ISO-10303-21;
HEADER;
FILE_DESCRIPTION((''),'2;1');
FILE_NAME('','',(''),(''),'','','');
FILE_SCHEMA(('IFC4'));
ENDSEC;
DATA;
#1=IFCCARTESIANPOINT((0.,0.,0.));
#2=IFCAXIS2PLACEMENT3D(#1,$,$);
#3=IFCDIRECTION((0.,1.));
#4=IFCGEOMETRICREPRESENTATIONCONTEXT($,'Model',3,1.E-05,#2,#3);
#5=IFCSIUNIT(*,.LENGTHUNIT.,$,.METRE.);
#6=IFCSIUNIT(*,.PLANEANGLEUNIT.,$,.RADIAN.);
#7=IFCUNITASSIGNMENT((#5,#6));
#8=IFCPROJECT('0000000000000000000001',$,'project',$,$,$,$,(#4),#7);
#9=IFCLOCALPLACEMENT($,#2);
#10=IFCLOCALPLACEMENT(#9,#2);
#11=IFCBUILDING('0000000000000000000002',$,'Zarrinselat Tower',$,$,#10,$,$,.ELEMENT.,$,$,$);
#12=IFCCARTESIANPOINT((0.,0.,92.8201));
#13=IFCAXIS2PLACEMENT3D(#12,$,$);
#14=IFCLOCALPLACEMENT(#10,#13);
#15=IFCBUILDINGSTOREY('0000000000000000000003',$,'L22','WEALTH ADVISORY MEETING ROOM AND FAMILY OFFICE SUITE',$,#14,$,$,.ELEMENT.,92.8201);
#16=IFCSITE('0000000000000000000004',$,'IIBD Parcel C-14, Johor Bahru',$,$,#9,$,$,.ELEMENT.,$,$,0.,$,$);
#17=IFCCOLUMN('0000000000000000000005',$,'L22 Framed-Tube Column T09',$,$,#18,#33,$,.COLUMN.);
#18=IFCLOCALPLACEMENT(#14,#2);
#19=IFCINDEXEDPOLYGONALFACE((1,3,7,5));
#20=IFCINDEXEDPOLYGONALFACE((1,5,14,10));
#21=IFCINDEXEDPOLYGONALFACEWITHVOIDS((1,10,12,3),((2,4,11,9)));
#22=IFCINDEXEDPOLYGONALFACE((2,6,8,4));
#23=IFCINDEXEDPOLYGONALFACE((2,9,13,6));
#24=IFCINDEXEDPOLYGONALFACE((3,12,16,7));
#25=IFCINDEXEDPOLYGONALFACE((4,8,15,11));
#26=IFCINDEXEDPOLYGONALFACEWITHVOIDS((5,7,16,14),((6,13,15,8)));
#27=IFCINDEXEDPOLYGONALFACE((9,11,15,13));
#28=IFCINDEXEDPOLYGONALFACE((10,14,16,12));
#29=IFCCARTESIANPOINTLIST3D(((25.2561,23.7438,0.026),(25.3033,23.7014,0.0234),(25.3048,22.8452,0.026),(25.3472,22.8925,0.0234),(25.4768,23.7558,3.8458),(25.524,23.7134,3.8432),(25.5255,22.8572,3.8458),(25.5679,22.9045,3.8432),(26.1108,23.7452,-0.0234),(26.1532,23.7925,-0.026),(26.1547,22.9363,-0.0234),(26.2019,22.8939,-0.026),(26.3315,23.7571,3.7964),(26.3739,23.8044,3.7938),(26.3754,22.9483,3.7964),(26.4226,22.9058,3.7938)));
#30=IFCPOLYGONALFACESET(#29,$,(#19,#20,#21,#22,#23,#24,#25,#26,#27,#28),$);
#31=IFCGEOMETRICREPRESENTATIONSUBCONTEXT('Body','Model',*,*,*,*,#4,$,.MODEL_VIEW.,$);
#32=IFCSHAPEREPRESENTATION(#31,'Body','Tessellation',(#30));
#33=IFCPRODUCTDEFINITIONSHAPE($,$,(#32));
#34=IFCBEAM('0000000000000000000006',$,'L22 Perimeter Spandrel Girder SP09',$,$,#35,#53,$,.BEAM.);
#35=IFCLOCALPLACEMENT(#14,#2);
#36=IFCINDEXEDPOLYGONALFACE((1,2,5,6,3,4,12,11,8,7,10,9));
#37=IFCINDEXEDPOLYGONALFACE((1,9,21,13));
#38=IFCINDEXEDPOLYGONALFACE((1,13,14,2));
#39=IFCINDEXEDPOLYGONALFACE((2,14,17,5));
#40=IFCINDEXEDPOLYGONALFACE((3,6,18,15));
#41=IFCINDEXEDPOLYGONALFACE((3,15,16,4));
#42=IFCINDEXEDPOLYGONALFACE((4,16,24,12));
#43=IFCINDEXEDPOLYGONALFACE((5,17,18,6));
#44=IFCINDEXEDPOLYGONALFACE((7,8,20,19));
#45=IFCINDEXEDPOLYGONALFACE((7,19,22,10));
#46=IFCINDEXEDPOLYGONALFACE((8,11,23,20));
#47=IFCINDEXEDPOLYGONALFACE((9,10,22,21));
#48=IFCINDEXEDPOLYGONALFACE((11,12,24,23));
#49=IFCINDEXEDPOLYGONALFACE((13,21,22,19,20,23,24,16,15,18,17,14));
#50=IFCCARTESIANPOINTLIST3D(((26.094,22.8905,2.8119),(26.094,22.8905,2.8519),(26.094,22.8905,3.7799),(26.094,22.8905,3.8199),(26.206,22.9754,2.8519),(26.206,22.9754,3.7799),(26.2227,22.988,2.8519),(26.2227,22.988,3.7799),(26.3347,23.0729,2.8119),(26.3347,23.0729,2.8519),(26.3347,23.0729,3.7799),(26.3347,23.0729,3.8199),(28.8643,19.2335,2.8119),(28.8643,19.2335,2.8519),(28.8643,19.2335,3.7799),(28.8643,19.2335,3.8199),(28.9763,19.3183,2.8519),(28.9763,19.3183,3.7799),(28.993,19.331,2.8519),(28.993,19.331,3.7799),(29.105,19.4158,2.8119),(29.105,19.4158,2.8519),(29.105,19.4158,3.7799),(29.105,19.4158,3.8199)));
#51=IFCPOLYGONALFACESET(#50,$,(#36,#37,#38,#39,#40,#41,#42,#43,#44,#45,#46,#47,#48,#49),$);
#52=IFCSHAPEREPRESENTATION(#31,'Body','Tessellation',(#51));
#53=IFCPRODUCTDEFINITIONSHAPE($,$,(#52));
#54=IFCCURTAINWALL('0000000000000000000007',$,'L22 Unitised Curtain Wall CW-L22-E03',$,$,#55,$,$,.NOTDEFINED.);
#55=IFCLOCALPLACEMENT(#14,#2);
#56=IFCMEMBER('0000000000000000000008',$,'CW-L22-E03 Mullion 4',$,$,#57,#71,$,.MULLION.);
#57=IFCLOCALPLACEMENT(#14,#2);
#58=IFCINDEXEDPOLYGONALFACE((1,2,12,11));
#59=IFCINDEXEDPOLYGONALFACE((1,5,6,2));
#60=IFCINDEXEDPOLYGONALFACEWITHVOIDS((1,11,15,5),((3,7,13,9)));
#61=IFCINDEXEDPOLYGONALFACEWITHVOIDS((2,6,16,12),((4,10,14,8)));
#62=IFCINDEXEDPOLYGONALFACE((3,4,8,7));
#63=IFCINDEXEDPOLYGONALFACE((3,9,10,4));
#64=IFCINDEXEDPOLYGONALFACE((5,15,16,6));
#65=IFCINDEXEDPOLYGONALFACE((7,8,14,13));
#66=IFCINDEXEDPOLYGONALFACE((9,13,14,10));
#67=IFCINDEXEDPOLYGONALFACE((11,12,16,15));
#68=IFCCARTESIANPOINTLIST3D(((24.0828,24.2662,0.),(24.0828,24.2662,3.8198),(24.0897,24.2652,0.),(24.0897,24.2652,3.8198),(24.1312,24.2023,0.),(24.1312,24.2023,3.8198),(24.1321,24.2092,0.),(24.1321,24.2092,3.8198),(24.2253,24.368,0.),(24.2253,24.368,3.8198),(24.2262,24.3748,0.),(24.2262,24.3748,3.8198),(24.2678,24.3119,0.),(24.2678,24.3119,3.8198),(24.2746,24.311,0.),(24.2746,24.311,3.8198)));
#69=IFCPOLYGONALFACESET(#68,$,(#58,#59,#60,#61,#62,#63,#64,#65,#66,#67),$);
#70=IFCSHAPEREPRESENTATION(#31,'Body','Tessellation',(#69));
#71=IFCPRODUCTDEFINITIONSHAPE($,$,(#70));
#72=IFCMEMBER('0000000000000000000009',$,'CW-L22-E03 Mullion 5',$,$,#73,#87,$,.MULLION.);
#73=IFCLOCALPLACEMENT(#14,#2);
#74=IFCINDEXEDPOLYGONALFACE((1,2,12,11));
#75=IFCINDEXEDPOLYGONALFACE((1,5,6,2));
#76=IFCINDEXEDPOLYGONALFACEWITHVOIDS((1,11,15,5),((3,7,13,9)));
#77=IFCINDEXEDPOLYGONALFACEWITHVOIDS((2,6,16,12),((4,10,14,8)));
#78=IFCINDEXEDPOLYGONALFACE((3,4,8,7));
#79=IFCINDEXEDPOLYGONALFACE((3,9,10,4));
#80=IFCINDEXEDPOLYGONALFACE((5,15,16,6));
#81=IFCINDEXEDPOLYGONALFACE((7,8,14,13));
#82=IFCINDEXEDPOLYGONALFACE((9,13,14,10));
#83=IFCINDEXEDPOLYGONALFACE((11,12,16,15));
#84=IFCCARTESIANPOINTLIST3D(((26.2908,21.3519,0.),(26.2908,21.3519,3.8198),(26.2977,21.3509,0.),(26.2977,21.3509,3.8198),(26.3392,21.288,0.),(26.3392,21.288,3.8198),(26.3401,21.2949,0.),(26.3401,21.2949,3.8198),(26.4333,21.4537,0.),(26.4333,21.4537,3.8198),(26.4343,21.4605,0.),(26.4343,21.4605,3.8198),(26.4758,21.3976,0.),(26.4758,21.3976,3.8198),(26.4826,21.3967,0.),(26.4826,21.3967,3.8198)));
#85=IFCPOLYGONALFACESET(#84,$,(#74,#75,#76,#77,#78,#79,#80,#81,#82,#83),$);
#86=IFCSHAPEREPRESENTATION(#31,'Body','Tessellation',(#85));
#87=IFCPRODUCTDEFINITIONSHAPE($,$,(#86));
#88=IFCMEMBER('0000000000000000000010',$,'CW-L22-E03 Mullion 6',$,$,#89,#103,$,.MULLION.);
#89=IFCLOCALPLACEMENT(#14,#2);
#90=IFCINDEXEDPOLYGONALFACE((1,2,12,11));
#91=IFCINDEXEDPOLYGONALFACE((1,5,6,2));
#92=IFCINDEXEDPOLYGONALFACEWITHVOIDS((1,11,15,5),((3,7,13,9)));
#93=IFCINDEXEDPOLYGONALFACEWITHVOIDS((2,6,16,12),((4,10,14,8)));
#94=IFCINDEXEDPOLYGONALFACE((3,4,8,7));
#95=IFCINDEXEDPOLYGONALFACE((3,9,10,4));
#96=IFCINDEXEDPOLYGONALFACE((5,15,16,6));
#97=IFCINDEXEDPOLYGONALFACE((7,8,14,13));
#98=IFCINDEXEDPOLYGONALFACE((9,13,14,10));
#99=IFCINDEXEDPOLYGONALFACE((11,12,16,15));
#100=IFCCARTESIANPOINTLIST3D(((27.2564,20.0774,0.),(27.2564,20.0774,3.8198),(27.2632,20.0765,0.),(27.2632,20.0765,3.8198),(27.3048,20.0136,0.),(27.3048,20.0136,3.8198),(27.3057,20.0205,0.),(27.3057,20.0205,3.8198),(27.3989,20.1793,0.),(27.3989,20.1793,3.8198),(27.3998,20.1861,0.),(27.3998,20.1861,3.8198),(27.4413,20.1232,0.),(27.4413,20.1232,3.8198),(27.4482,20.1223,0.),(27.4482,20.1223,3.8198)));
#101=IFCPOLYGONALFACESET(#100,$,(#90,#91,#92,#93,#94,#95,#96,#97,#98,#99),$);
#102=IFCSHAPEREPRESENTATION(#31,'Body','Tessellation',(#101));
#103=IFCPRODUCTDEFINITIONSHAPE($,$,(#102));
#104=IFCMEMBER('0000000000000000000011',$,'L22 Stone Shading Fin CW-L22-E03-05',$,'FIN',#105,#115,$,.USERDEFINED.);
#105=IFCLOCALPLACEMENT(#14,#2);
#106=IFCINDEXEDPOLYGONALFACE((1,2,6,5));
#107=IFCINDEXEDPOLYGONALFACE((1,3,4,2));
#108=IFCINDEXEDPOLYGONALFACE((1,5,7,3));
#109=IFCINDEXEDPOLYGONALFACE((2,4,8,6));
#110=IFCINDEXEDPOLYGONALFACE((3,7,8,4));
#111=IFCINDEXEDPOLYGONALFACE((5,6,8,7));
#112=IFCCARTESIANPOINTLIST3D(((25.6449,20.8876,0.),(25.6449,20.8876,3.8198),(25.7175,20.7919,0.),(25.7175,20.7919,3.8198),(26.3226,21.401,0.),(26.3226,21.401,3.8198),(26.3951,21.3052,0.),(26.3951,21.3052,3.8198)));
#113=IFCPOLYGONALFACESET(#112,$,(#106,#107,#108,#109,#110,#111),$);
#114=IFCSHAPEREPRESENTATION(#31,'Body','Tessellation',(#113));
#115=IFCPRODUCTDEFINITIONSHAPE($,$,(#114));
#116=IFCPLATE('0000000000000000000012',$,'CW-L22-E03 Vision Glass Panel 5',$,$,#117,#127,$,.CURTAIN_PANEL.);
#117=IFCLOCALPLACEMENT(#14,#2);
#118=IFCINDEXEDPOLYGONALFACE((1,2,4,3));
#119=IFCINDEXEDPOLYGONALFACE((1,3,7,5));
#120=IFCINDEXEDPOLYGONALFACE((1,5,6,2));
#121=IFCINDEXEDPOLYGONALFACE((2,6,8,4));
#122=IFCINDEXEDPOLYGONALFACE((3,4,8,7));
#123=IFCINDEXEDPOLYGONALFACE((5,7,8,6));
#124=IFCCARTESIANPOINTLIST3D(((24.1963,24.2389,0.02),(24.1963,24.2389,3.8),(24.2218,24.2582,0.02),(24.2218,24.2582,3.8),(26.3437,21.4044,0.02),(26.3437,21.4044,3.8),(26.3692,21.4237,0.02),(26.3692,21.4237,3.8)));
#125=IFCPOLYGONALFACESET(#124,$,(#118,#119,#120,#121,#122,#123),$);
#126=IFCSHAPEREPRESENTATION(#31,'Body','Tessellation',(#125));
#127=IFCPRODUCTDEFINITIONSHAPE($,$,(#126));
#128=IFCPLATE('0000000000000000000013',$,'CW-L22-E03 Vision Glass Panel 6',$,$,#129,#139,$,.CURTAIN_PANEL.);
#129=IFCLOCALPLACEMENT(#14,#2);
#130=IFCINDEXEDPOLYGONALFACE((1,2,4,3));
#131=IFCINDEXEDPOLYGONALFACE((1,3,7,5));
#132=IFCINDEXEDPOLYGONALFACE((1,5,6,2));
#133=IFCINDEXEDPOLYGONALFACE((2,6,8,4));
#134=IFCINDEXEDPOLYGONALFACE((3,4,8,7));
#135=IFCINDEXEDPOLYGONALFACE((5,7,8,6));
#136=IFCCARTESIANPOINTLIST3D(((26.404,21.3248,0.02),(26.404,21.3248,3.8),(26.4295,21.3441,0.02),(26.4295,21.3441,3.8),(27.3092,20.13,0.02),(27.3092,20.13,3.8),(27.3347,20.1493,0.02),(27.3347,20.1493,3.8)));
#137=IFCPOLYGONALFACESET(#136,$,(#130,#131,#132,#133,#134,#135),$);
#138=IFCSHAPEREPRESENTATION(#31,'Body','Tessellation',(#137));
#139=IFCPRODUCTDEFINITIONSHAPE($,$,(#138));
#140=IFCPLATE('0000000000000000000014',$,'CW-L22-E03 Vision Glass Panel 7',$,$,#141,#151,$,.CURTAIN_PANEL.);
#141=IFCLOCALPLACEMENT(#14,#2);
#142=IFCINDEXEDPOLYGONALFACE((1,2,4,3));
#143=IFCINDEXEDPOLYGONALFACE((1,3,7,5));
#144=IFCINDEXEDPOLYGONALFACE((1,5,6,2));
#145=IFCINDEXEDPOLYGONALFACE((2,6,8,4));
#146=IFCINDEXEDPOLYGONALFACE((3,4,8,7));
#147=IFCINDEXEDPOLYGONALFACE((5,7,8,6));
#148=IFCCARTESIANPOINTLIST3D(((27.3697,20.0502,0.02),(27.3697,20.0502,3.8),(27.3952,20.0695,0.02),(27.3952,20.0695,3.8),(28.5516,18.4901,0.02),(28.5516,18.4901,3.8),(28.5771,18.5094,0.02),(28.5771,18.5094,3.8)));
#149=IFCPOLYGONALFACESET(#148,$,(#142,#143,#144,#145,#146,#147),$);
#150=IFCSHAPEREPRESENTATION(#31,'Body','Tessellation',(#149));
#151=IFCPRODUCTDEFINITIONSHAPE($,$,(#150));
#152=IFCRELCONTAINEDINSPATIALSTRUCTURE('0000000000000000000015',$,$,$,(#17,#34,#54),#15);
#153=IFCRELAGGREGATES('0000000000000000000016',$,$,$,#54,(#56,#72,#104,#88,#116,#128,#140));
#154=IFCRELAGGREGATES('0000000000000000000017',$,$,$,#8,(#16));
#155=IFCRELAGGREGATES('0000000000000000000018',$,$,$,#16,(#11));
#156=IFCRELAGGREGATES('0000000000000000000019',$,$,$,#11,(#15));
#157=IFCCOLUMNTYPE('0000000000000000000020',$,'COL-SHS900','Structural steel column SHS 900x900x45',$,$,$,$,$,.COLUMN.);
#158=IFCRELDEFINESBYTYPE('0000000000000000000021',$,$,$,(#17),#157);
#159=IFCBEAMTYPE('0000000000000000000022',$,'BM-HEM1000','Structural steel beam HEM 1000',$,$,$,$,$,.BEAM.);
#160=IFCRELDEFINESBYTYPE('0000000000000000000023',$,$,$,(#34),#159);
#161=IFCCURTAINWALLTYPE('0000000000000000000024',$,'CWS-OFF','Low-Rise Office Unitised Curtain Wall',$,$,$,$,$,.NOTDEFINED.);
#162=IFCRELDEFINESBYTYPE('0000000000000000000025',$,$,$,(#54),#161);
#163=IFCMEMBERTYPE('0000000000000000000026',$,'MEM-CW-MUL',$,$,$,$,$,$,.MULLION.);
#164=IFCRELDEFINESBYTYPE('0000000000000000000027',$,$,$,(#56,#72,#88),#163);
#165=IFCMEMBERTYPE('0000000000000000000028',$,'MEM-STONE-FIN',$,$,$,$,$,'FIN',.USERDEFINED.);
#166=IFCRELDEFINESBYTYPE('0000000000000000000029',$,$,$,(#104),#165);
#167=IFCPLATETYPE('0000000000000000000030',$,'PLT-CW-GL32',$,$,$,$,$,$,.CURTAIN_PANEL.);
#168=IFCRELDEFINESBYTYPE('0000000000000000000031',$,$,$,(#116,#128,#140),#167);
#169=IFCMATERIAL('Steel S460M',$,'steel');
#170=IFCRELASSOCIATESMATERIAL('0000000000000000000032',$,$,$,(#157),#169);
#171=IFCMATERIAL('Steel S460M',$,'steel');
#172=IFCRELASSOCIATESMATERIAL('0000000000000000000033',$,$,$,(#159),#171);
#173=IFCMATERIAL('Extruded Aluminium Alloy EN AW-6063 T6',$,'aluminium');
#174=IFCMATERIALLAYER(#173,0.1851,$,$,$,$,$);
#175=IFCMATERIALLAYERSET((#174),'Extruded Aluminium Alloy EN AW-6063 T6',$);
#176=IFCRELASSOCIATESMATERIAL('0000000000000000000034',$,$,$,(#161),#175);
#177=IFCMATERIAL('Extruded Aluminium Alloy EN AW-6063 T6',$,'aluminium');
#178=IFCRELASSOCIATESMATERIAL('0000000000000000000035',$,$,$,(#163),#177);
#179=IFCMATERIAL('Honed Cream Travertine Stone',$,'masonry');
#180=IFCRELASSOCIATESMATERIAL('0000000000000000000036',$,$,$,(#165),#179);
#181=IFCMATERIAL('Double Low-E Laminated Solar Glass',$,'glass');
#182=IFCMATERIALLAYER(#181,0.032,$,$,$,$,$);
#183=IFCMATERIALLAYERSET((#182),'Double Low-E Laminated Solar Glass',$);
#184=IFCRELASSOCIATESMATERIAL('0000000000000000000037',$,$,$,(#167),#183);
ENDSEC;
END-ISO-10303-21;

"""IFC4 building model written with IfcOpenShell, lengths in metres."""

from ifc_helpers import new_model, si_unit, direction, frame, origin, origin_2d, place, context, subcontext, project, spatial, rectangle, hollow_rectangle, i_section, extrude, material, layer, layer_set, material_profile, profile_set, type_object, element, aggregate, save


model = new_model("IFC4")

# Units and contexts
model_context = context("Model", 3, precision=1e-05, world=origin(), true_north=direction((0.0, 1.0)))
body_context = subcontext(model_context, "Body", "Model", "MODEL_VIEW")
ifc_project = project(units=[si_unit("LENGTHUNIT", "METRE"), si_unit("PLANEANGLEUNIT", "RADIAN")], contexts=[model_context])

# Site, building, storey
site_placement = place(None, origin())
site = spatial("IfcSite", under=ifc_project, at=site_placement, Name="IIBD Parcel C-14, Johor Bahru", CompositionType="ELEMENT", RefElevation=0.0)
building_placement = place(site_placement, origin())
building = spatial("IfcBuilding", under=site, at=building_placement, Name="Zarrinselat Tower", CompositionType="ELEMENT")
storey_placement = place(building_placement, frame((0.0, 0.0, 92.8201)))
storey = spatial("IfcBuildingStorey", under=building, at=storey_placement, Name="L22", Description="WEALTH ADVISORY MEETING ROOM AND FAMILY OFFICE SUITE", CompositionType="ELEMENT", Elevation=92.8201)

# Column
ifc_material_1 = material(Name="Steel S460M", Category="steel")
ifc_material_profile_1 = material_profile(ifc_material_1, hollow_rectangle(XDim=0.8999, YDim=0.8999, WallThickness=0.0449, at=origin_2d()), Name="SHS 900x900x45")
ifc_profile_set_1 = profile_set([ifc_material_profile_1], Name="Steel S460M")
column_type = type_object("IfcColumnType", Name="COL-SHS900", Description="Structural steel column SHS 900x900x45", PredefinedType="COLUMN", material=ifc_profile_set_1)
column_placement = place(storey_placement, frame((25.729, 23.3188, 0.0), z_axis=(0.057682, 0.003127, 0.99833), x_axis=(-0.054124, 0.998534, 0.0)))
element("IfcColumn", 1, at=column_placement, inside=storey, type_object=column_type, Name="L22 Framed-Tube Column T09", PredefinedType="COLUMN", context=body_context, shape_type="SweptSolid", body=[
    extrude(hollow_rectangle(XDim=0.8999, YDim=0.8999, WallThickness=0.0449, at=origin_2d()), origin(), (0.0, 0.0, 1.0), 3.8262),
])

# Beam
ifc_material_2 = material(Name="Steel S460M", Category="steel")
ifc_material_profile_2 = material_profile(ifc_material_2, i_section(OverallWidth=0.302, OverallDepth=1.0081, WebThickness=0.021, FlangeThickness=0.04, at=origin_2d()), Name="HEM 1000")
ifc_profile_set_2 = profile_set([ifc_material_profile_2], Name="Steel S460M")
beam_type = type_object("IfcBeamType", Name="BM-HEM1000", Description="Structural steel beam HEM 1000", PredefinedType="BEAM", material=ifc_profile_set_2)
beam_placement = place(storey_placement, frame((26.2144, 22.9817, 3.3159), z_axis=(0.603833, -0.797111, 0.0), x_axis=(0.797111, 0.603833, 0.0)))
element("IfcBeam", 2, at=beam_placement, inside=storey, type_object=beam_type, Name="L22 Perimeter Spandrel Girder SP09", PredefinedType="BEAM", context=body_context, shape_type="SweptSolid", body=[
    extrude(i_section(OverallWidth=0.302, OverallDepth=1.0081, WebThickness=0.021, FlangeThickness=0.04, at=origin_2d()), origin(), (0.0, 0.0, 1.0), 4.5879),
])

# Curtain wall, members, plates
ifc_material_3 = material(Name="Extruded Aluminium Alloy EN AW-6063 T6", Category="aluminium")
ifc_layer_1 = layer(ifc_material_3, 0.1851)
ifc_layer_set_1 = layer_set([ifc_layer_1], Name="Extruded Aluminium Alloy EN AW-6063 T6")
curtain_wall_type = type_object("IfcCurtainWallType", Name="CWS-OFF", Description="Low-Rise Office Unitised Curtain Wall", PredefinedType="NOTDEFINED", material=ifc_layer_set_1)
curtain_wall_placement = place(storey_placement, origin())
curtain_wall = element("IfcCurtainWall", 3, at=curtain_wall_placement, inside=storey, type_object=curtain_wall_type, Name="L22 Unitised Curtain Wall CW-L22-E03", PredefinedType="NOTDEFINED")
ifc_material_4 = material(Name="Extruded Aluminium Alloy EN AW-6063 T6", Category="aluminium")
ifc_material_profile_3 = material_profile(ifc_material_4, hollow_rectangle(XDim=0.0801, YDim=0.1799, WallThickness=0.0049, at=origin_2d()), Name="RHS 180x80x5")
ifc_profile_set_3 = profile_set([ifc_material_profile_3], Name="Extruded Aluminium Alloy EN AW-6063 T6")
member_type_1 = type_object("IfcMemberType", Name="MEM-CW-MUL", PredefinedType="MULLION", material=ifc_profile_set_3)
member_1_placement = place(storey_placement, frame((24.1787, 24.2886, 0.0), z_axis=(0.0, 0.0, 1.0), x_axis=(0.603856, -0.797093, 0.0)))
member_1 = element("IfcMember", 4, at=member_1_placement, type_object=member_type_1, Name="CW-L22-E03 Mullion 4", PredefinedType="MULLION", context=body_context, shape_type="SweptSolid", body=[
    extrude(hollow_rectangle(XDim=0.0801, YDim=0.1799, WallThickness=0.0049, at=origin_2d()), origin(), (0.0, 0.0, 1.0), 3.8198),
])
member_2_placement = place(storey_placement, frame((26.3867, 21.3743, 0.0), z_axis=(0.0, 0.0, 1.0), x_axis=(0.603856, -0.797093, 0.0)))
member_2 = element("IfcMember", 5, at=member_2_placement, type_object=member_type_1, Name="CW-L22-E03 Mullion 5", PredefinedType="MULLION", context=body_context, shape_type="SweptSolid", body=[
    extrude(hollow_rectangle(XDim=0.0801, YDim=0.1799, WallThickness=0.0049, at=origin_2d()), origin(), (0.0, 0.0, 1.0), 3.8198),
])
member_3_placement = place(storey_placement, frame((27.3523, 20.0999, 0.0), z_axis=(0.0, 0.0, 1.0), x_axis=(0.603856, -0.797093, 0.0)))
member_3 = element("IfcMember", 6, at=member_3_placement, type_object=member_type_1, Name="CW-L22-E03 Mullion 6", PredefinedType="MULLION", context=body_context, shape_type="SweptSolid", body=[
    extrude(hollow_rectangle(XDim=0.0801, YDim=0.1799, WallThickness=0.0049, at=origin_2d()), origin(), (0.0, 0.0, 1.0), 3.8198),
])
ifc_material_5 = material(Name="Honed Cream Travertine Stone", Category="masonry")
ifc_material_profile_4 = material_profile(ifc_material_5, rectangle(XDim=0.1201, YDim=0.8501, at=origin_2d()), Name="FIN 850x120")
ifc_profile_set_4 = profile_set([ifc_material_profile_4], Name="Honed Cream Travertine Stone")
member_type_2 = type_object("IfcMemberType", Name="MEM-STONE-FIN", ElementType="FIN", PredefinedType="USERDEFINED", material=ifc_profile_set_4)
member_4_placement = place(storey_placement, frame((26.02, 21.0964, 0.0), z_axis=(0.0, 0.0, 1.0), x_axis=(-0.603856, 0.797093, 0.0)))
member_4 = element("IfcMember", 7, at=member_4_placement, type_object=member_type_2, Name="L22 Stone Shading Fin CW-L22-E03-05", ObjectType="FIN", PredefinedType="USERDEFINED", context=body_context, shape_type="SweptSolid", body=[
    extrude(rectangle(XDim=0.1201, YDim=0.8501, at=origin_2d()), origin(), (0.0, 0.0, 1.0), 3.8198),
])
ifc_material_6 = material(Name="Double Low-E Laminated Solar Glass", Category="glass")
ifc_layer_2 = layer(ifc_material_6, 0.032)
ifc_layer_set_2 = layer_set([ifc_layer_2], Name="Double Low-E Laminated Solar Glass")
plate_type = type_object("IfcPlateType", Name="PLT-CW-GL32", PredefinedType="CURTAIN_PANEL", material=ifc_layer_set_2)
plate_1_placement = place(storey_placement, frame((25.2827, 22.8313, 0.02), z_axis=(0.0, 0.0, 1.0), x_axis=(0.603856, -0.797093, 0.0)))
plate_1 = element("IfcPlate", 8, at=plate_1_placement, type_object=plate_type, Name="CW-L22-E03 Vision Glass Panel 5", PredefinedType="CURTAIN_PANEL", context=body_context, shape_type="SweptSolid", body=[
    extrude(rectangle(XDim=3.5562, YDim=0.032, at=origin_2d()), origin(), (0.0, 0.0, 1.0), 3.78),
])
plate_2_placement = place(storey_placement, frame((26.8694, 20.7371, 0.02), z_axis=(0.0, 0.0, 1.0), x_axis=(0.603856, -0.797093, 0.0)))
plate_2 = element("IfcPlate", 9, at=plate_2_placement, type_object=plate_type, Name="CW-L22-E03 Vision Glass Panel 6", PredefinedType="CURTAIN_PANEL", context=body_context, shape_type="SweptSolid", body=[
    extrude(rectangle(XDim=1.499, YDim=0.032, at=origin_2d()), origin(), (0.0, 0.0, 1.0), 3.78),
])
plate_3_placement = place(storey_placement, frame((27.9734, 19.2798, 0.02), z_axis=(0.0, 0.0, 1.0), x_axis=(0.603856, -0.797093, 0.0)))
plate_3 = element("IfcPlate", 10, at=plate_3_placement, type_object=plate_type, Name="CW-L22-E03 Vision Glass Panel 7", PredefinedType="CURTAIN_PANEL", context=body_context, shape_type="SweptSolid", body=[
    extrude(rectangle(XDim=1.9573, YDim=0.032, at=origin_2d()), origin(), (0.0, 0.0, 1.0), 3.78),
])
aggregate(curtain_wall, [member_1, member_2, member_4, member_3, plate_1, plate_2, plate_3])

save(model, "model.ifc")
